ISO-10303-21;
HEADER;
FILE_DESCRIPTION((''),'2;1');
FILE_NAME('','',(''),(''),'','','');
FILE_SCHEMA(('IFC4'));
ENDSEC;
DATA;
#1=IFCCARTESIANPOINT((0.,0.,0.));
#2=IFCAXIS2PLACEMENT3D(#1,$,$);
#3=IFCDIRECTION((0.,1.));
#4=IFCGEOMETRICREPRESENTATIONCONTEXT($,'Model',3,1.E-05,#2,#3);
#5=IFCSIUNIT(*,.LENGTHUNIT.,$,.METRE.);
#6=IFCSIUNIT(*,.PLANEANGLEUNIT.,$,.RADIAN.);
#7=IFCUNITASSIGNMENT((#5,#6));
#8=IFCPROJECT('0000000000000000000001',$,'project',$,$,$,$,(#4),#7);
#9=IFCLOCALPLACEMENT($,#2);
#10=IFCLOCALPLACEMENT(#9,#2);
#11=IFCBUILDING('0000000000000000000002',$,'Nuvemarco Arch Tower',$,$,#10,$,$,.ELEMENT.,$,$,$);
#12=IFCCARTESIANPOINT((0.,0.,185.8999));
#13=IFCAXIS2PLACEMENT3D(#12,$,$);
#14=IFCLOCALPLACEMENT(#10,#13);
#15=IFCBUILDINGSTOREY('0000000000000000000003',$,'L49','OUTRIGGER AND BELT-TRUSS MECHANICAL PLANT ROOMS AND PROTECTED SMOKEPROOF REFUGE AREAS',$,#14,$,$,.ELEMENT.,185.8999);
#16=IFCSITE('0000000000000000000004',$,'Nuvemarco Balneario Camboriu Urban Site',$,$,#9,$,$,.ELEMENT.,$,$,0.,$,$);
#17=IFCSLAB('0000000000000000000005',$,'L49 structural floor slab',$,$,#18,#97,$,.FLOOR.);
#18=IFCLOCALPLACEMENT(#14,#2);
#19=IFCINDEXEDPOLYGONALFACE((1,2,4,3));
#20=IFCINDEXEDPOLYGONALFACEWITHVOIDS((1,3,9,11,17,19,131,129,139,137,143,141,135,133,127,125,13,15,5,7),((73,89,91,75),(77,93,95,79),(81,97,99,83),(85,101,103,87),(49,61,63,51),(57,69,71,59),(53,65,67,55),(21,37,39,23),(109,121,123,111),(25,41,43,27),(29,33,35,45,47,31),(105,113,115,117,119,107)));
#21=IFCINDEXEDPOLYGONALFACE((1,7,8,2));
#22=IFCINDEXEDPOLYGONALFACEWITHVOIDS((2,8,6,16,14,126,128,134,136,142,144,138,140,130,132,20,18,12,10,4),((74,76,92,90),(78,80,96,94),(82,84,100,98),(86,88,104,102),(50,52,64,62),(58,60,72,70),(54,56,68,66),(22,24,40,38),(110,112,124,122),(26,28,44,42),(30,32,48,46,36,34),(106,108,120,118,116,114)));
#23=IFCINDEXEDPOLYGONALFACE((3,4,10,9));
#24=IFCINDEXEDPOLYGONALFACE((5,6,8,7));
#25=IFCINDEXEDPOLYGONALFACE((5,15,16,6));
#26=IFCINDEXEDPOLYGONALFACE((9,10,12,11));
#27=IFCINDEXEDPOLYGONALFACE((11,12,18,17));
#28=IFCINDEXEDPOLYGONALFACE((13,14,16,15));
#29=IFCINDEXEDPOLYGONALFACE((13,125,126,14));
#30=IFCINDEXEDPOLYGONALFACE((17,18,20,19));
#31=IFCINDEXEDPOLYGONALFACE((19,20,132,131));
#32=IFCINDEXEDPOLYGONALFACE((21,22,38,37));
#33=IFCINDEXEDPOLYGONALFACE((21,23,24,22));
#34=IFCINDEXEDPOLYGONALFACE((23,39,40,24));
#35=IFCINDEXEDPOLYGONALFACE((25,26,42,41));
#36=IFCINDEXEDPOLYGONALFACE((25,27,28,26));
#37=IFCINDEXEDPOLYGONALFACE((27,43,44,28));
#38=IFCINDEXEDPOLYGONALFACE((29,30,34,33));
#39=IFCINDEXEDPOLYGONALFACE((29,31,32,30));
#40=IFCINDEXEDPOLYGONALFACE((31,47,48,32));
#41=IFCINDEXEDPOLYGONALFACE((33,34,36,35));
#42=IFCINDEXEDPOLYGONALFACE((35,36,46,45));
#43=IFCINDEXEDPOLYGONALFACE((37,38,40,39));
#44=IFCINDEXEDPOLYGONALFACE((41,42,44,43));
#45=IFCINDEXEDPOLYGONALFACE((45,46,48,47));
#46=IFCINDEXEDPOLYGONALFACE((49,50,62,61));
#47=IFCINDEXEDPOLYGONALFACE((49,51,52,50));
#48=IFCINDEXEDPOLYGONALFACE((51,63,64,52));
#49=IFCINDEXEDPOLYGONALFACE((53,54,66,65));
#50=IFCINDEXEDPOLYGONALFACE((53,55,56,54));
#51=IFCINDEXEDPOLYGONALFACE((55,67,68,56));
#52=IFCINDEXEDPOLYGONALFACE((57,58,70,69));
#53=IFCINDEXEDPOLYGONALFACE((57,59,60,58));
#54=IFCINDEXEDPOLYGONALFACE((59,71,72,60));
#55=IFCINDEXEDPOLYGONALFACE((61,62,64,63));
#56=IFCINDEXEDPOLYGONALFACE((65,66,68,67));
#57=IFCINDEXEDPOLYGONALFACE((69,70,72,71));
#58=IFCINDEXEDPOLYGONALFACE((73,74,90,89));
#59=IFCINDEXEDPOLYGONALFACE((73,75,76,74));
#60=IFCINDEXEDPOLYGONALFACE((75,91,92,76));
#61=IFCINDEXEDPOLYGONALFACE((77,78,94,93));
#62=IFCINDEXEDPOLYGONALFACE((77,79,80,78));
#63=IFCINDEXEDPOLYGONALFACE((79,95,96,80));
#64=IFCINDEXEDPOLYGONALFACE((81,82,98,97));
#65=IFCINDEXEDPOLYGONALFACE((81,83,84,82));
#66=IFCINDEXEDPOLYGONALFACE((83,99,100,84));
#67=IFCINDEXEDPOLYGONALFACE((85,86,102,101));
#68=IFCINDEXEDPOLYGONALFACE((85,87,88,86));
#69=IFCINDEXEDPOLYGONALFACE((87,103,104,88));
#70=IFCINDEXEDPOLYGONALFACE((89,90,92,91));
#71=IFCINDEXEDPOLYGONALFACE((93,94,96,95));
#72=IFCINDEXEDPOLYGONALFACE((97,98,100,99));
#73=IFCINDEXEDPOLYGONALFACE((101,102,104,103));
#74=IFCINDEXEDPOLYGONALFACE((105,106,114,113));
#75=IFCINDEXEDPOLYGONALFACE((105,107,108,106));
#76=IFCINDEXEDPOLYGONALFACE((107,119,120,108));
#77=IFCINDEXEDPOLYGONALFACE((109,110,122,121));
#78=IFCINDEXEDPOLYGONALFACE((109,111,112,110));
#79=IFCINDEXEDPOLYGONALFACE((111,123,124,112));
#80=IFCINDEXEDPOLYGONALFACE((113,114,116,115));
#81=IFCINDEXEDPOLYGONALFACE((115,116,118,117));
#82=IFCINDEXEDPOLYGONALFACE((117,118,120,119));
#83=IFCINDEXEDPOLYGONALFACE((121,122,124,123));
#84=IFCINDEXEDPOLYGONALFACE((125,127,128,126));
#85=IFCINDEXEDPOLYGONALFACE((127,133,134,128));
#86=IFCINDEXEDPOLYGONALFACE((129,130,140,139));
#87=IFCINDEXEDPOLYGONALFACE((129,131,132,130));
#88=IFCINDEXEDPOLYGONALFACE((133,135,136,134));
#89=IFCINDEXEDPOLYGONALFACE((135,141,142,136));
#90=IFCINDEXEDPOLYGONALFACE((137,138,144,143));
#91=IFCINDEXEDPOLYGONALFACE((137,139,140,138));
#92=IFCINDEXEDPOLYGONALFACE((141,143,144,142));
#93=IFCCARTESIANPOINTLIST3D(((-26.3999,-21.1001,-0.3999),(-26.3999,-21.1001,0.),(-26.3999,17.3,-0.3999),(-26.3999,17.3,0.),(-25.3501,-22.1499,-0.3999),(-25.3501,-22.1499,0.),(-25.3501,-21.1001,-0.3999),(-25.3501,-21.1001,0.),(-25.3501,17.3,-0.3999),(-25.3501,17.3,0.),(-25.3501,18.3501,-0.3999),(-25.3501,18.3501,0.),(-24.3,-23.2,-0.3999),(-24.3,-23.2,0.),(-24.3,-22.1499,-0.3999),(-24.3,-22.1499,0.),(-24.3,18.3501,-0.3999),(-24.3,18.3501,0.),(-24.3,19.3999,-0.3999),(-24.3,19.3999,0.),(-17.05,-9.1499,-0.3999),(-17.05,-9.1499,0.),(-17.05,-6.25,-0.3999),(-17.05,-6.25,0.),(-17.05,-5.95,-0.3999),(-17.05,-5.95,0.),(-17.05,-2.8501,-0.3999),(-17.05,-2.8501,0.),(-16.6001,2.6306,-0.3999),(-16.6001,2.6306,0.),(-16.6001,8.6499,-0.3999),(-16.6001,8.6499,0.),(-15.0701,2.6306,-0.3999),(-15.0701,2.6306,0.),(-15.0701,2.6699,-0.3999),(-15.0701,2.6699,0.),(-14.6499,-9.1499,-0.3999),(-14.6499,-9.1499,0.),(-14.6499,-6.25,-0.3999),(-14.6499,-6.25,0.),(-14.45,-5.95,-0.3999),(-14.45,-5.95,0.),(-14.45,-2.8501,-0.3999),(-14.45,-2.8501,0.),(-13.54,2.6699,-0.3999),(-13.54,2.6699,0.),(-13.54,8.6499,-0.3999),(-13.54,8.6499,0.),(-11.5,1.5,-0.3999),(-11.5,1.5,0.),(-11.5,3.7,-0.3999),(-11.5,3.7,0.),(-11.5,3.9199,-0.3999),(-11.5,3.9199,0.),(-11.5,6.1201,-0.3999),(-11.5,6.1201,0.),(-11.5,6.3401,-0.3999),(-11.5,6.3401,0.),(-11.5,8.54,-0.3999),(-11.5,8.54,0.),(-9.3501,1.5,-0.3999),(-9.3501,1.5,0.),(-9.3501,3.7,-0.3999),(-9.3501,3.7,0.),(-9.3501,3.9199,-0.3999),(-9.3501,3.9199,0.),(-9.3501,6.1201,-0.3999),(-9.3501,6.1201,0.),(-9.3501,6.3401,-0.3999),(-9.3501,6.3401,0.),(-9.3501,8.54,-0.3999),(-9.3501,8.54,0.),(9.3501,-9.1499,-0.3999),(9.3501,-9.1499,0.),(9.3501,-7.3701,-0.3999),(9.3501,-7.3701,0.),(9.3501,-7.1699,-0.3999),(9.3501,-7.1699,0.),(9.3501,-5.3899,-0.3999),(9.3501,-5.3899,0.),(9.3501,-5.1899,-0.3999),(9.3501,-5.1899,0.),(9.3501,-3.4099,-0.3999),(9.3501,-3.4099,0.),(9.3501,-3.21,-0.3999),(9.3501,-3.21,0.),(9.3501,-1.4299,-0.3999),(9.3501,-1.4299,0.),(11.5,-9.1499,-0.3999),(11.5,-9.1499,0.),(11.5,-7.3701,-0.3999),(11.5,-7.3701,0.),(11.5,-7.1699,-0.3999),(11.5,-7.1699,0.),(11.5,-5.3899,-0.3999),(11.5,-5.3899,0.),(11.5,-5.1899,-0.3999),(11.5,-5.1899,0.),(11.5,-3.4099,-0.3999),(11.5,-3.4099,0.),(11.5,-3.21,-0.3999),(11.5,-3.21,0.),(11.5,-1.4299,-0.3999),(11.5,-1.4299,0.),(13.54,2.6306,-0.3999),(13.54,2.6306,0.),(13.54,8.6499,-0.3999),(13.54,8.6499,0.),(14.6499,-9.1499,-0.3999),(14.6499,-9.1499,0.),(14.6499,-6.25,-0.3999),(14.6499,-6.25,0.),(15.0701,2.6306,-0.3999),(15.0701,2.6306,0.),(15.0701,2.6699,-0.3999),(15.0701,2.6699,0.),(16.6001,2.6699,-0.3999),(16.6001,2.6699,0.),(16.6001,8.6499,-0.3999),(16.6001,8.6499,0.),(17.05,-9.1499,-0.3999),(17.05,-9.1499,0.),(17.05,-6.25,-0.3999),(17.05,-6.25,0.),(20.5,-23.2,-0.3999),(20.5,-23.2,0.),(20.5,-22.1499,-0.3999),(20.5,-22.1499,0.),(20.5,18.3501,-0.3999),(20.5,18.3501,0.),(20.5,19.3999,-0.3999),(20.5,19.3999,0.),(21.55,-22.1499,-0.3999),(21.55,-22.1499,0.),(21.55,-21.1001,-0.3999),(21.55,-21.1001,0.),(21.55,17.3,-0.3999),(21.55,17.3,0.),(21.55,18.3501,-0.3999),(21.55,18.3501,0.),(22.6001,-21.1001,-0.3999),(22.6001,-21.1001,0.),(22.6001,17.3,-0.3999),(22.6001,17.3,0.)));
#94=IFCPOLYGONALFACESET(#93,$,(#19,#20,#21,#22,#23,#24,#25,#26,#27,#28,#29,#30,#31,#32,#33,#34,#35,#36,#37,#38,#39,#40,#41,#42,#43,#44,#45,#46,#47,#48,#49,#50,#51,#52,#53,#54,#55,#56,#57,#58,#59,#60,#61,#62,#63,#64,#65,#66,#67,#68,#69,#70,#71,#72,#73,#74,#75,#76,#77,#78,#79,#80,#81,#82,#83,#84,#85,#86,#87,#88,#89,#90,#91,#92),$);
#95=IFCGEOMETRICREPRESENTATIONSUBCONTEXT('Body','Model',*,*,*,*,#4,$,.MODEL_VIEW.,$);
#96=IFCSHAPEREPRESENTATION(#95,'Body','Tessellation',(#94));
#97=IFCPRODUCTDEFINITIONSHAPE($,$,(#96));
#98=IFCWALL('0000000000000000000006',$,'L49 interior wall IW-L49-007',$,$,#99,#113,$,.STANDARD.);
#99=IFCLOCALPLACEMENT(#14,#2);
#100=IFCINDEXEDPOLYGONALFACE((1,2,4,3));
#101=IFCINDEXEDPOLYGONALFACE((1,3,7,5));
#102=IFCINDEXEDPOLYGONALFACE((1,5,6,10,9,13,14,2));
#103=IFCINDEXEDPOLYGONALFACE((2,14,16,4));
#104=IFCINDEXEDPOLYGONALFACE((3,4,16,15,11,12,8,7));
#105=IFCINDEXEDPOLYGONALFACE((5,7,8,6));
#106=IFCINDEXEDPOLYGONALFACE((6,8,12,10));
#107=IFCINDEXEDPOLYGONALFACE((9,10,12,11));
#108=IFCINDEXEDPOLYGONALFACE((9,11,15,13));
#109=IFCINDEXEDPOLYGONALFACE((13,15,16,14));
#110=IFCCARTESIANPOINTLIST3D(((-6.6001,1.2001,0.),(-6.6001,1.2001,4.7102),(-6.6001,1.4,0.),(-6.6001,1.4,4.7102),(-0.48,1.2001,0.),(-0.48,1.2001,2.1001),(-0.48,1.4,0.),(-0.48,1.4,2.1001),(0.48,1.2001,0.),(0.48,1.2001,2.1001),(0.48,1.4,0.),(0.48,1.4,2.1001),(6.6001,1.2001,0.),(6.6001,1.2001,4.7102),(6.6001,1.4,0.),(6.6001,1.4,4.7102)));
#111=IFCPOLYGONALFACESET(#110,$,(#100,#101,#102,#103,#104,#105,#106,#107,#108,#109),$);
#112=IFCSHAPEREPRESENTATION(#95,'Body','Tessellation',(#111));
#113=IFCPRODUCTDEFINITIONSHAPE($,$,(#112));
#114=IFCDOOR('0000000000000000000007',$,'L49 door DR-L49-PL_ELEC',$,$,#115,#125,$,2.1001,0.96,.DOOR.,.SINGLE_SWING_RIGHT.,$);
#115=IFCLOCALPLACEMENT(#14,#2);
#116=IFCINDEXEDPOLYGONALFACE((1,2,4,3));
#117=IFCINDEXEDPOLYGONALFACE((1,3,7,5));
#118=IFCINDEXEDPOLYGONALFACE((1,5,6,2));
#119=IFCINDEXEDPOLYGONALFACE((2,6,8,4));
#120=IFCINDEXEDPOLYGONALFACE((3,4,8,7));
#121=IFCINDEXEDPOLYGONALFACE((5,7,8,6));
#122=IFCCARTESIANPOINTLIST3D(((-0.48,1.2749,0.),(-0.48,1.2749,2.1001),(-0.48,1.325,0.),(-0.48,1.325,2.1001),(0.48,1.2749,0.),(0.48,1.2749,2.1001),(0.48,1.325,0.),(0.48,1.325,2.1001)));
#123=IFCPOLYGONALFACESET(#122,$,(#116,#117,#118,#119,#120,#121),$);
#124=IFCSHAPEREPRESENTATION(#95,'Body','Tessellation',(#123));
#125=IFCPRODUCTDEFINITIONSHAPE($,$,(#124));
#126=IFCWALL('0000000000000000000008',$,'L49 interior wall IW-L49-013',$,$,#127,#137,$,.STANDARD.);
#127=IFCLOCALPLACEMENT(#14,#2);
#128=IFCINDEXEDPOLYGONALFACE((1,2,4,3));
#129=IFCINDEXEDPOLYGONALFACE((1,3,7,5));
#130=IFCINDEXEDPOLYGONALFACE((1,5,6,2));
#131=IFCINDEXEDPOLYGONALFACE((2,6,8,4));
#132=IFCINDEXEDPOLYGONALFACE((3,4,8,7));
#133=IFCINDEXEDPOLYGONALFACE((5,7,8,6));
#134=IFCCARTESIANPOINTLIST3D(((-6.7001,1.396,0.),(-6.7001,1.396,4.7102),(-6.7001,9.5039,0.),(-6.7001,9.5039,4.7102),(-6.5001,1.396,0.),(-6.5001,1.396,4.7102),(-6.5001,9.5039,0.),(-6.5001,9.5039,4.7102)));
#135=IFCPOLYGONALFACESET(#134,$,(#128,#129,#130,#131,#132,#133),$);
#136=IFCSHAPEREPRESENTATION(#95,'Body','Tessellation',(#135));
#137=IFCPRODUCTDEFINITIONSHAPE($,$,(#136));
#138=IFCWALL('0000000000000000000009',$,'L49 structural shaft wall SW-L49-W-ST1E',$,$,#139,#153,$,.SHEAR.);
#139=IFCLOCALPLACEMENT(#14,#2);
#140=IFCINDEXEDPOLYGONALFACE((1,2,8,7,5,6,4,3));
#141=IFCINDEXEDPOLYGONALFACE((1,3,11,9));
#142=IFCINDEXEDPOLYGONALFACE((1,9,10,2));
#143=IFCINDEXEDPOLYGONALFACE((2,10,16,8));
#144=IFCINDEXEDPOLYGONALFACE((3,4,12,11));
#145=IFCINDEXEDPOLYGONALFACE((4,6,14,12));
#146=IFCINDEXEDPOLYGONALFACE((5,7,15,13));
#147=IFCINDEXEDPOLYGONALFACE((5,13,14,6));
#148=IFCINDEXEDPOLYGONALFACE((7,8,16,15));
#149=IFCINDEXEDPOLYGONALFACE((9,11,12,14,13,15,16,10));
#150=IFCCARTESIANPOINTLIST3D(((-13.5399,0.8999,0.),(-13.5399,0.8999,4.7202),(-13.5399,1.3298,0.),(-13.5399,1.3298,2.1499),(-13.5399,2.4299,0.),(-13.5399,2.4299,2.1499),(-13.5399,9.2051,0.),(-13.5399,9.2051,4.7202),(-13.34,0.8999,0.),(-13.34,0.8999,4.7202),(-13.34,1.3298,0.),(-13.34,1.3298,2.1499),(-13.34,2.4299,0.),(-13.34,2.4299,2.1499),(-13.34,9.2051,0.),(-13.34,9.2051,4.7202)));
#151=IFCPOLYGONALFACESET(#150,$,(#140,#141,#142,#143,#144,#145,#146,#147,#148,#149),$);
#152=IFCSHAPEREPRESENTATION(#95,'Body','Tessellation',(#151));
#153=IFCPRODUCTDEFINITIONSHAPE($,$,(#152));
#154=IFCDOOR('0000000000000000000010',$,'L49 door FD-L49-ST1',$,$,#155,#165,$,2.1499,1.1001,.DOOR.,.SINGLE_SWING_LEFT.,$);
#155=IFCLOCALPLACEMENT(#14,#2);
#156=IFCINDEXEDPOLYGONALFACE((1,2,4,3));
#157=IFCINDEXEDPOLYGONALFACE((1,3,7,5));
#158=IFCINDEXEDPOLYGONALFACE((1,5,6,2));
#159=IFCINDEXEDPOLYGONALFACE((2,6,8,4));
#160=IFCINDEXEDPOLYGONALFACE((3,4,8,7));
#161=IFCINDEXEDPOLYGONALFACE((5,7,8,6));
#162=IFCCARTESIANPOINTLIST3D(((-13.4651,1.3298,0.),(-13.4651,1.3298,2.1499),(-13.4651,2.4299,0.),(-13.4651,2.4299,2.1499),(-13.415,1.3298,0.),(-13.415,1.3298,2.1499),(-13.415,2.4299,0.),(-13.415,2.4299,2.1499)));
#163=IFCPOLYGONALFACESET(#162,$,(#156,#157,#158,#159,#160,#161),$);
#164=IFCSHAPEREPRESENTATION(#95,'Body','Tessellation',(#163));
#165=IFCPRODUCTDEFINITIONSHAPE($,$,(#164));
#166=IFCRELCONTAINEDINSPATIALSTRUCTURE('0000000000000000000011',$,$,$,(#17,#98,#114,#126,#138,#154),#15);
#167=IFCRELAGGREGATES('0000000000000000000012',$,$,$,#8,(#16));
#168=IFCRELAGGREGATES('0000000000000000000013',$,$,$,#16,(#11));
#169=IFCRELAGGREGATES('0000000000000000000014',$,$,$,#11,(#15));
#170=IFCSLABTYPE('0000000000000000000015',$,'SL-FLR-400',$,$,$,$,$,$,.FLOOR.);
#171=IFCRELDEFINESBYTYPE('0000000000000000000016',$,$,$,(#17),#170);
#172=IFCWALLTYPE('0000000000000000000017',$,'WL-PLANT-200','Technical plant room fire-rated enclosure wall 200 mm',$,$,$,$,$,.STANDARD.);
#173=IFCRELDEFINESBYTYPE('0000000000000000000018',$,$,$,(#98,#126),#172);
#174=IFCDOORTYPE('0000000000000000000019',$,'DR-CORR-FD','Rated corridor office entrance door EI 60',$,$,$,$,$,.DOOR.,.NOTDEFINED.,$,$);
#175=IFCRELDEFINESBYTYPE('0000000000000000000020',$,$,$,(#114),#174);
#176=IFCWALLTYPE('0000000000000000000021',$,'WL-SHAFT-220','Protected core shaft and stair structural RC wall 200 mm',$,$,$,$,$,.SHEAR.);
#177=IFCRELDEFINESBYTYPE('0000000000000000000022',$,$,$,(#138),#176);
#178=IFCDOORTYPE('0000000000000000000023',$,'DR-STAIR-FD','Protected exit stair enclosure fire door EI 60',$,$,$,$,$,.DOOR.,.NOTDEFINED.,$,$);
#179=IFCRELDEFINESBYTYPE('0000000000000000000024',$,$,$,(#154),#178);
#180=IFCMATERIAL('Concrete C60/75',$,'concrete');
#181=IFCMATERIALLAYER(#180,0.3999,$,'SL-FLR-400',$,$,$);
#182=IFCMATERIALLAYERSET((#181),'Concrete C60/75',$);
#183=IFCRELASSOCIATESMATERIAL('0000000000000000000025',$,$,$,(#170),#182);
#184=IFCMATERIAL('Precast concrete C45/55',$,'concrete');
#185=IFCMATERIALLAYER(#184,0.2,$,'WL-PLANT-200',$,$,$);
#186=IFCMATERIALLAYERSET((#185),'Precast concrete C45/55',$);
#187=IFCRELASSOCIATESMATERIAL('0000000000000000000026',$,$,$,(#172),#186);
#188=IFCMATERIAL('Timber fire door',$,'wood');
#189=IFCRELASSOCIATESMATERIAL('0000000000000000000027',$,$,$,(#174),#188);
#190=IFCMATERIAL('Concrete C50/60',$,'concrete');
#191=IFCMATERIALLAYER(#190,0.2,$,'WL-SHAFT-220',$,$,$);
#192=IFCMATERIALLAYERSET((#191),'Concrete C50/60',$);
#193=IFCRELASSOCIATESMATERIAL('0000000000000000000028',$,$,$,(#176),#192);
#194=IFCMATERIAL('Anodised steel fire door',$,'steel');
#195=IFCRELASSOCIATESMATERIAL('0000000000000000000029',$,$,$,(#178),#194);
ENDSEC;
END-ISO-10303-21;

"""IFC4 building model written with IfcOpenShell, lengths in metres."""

from ifc_helpers import new_model, si_unit, direction, frame, frame_2d, origin, place, context, subcontext, project, spatial, polyline, rectangle, outline, extrude, source, transform, mapped, material, layer, layer_set, type_object, type_shapes, element, fill, save


model = new_model("IFC4")

# Units and contexts
model_context = context("Model", 3, precision=1e-05, world=origin(), true_north=direction((0.0, 1.0)))
body_context = subcontext(model_context, "Body", "Model", "MODEL_VIEW")
ifc_project = project(units=[si_unit("LENGTHUNIT", "METRE"), si_unit("PLANEANGLEUNIT", "RADIAN")], contexts=[model_context])

# Site, building, storey
site_placement = place(None, origin())
site = spatial("IfcSite", under=ifc_project, at=site_placement, Name="Nuvemarco Balneario Camboriu Urban Site", CompositionType="ELEMENT", RefElevation=0.0)
building_placement = place(site_placement, origin())
building = spatial("IfcBuilding", under=site, at=building_placement, Name="Nuvemarco Arch Tower", CompositionType="ELEMENT")
storey_placement = place(building_placement, frame((0.0, 0.0, 185.8999)))
storey = spatial("IfcBuildingStorey", under=building, at=storey_placement, Name="L49", Description="OUTRIGGER AND BELT-TRUSS MECHANICAL PLANT ROOMS AND PROTECTED SMOKEPROOF REFUGE AREAS", CompositionType="ELEMENT", Elevation=185.8999)

# Shared definitions
ifc_material_1 = material(Name="Concrete C50/60", Category="concrete")

# Slab
ifc_material_2 = material(Name="Concrete C60/75", Category="concrete")
ifc_layer_1 = layer(ifc_material_2, 0.3999, Name="SL-FLR-400")
ifc_layer_set_1 = layer_set([ifc_layer_1], Name="Concrete C60/75")
slab_type = type_object("IfcSlabType", Name="SL-FLR-400", PredefinedType="FLOOR", material=ifc_layer_set_1)
slab_placement = place(storey_placement, frame((0.0, 0.0, -0.3999)))
element("IfcSlab", 1, at=slab_placement, inside=storey, type_object=slab_type, Name="L49 structural floor slab", PredefinedType="FLOOR", context=body_context, shape_type="SweptSolid", body=[
    extrude(outline(polyline([(-24.3, -23.2), (20.5, -23.2), (20.5, -22.1499), (21.55, -22.1499), (21.55, -21.1001), (22.6001, -21.1001), (22.6001, 17.3), (21.55, 17.3), (21.55, 18.3501), (20.5, 18.3501), (20.5, 19.3999), (-24.3, 19.3999), (-24.3, 18.3501), (-25.3501, 18.3501), (-25.3501, 17.3), (-26.3999, 17.3), (-26.3999, -21.1001), (-25.3501, -21.1001), (-25.3501, -22.1499), (-24.3, -22.1499), (-24.3, -23.2)]), holes=[polyline([(-13.54, 2.6699), (-13.54, 8.6499), (-16.6001, 8.6499), (-16.6001, 2.6306), (-15.0701, 2.6306), (-15.0701, 2.6699), (-13.54, 2.6699)]), polyline([(16.6001, 2.6699), (16.6001, 8.6499), (13.54, 8.6499), (13.54, 2.6306), (15.0701, 2.6306), (15.0701, 2.6699), (16.6001, 2.6699)]), polyline([(-17.05, -9.1499), (-14.6499, -9.1499), (-14.6499, -6.25), (-17.05, -6.25), (-17.05, -9.1499)]), polyline([(-17.05, -5.95), (-14.45, -5.95), (-14.45, -2.8501), (-17.05, -2.8501), (-17.05, -5.95)]), polyline([(-11.5, 1.5), (-9.3501, 1.5), (-9.3501, 3.7), (-11.5, 3.7), (-11.5, 1.5)]), polyline([(-11.5, 3.9199), (-9.3501, 3.9199), (-9.3501, 6.1201), (-11.5, 6.1201), (-11.5, 3.9199)]), polyline([(-11.5, 6.3401), (-9.3501, 6.3401), (-9.3501, 8.54), (-11.5, 8.54), (-11.5, 6.3401)]), polyline([(14.6499, -9.1499), (17.05, -9.1499), (17.05, -6.25), (14.6499, -6.25), (14.6499, -9.1499)]), polyline([(9.3501, -9.1499), (11.5, -9.1499), (11.5, -7.3701), (9.3501, -7.3701), (9.3501, -9.1499)]), polyline([(9.3501, -7.1699), (11.5, -7.1699), (11.5, -5.3899), (9.3501, -5.3899), (9.3501, -7.1699)]), polyline([(9.3501, -5.1899), (11.5, -5.1899), (11.5, -3.4099), (9.3501, -3.4099), (9.3501, -5.1899)]), polyline([(9.3501, -3.21), (11.5, -3.21), (11.5, -1.4299), (9.3501, -1.4299), (9.3501, -3.21)])]), origin(), (0.0, 0.0, 1.0), 0.3999),
])

# Wall, opening, door
ifc_material_3 = material(Name="Precast concrete C45/55", Category="concrete")
ifc_layer_2 = layer(ifc_material_3, 0.2, Name="WL-PLANT-200")
ifc_layer_set_2 = layer_set([ifc_layer_2], Name="Precast concrete C45/55")
wall_type_1 = type_object("IfcWallType", Name="WL-PLANT-200", Description="Technical plant room fire-rated enclosure wall 200 mm", PredefinedType="STANDARD", material=ifc_layer_set_2)
wall_1_placement = place(storey_placement, frame((-6.6001, 1.3, 0.0), z_axis=(0.0, 0.0, 1.0), x_axis=(1.0, 0.0, 0.0)))
wall_1 = element("IfcWall", 2, at=wall_1_placement, inside=storey, type_object=wall_type_1, Name="L49 interior wall IW-L49-007", PredefinedType="STANDARD", context=body_context, shape_type="SweptSolid", body=[
    extrude(rectangle(XDim=13.2002, YDim=0.2, at=frame_2d((6.6001, 0.0))), origin(), (0.0, 0.0, 1.0), 4.7102),
])
opening_1_placement = place(wall_1_placement, frame((6.1201, 0.0, 0.0)))
opening_1 = element("IfcOpeningElement", 3, at=opening_1_placement, cuts=wall_1, PredefinedType="OPENING", context=body_context, shape_type="SweptSolid", body=[
    extrude(rectangle(XDim=0.96, YDim=2.1001, at=frame_2d((0.48, 1.05))), frame((0.0, 0.1099, 0.0), z_axis=(0.0, -1.0, 0.0), x_axis=(1.0, 0.0, 0.0)), (0.0, 0.0, 1.0), 0.22),
])
ifc_material_4 = material(Name="Timber fire door", Category="wood")
door_type_1 = type_object("IfcDoorType", Name="DR-CORR-FD", Description="Rated corridor office entrance door EI 60", OperationType="NOTDEFINED", PredefinedType="DOOR", material=ifc_material_4)
shared_shape_1 = source(origin(), body_context, "Body", "SweptSolid", [
    extrude(rectangle(XDim=0.96, YDim=2.1001, at=frame_2d((0.48, 1.05))), frame((0.0, 0.0249, 0.0), z_axis=(0.0, -1.0, 0.0), x_axis=(1.0, 0.0, 0.0)), (0.0, 0.0, 1.0), 0.05),
])
type_shapes(door_type_1, [shared_shape_1])
door_1_placement = place(opening_1_placement, origin())
door_1 = element("IfcDoor", 4, at=door_1_placement, inside=storey, type_object=door_type_1, Name="L49 door DR-L49-PL_ELEC", OperationType="SINGLE_SWING_RIGHT", OverallHeight=2.1001, OverallWidth=0.96, PredefinedType="DOOR", context=body_context, shape_type="MappedRepresentation", body=[
    mapped(shared_shape_1, transform((0.0, 0.0, 0.0), scale=1.0)),
])
fill(opening_1, door_1)

# Wall
wall_2_placement = place(storey_placement, frame((-6.6001, 1.396, 0.0), z_axis=(0.0, 0.0, 1.0), x_axis=(0.0, 1.0, 0.0)))
element("IfcWall", 5, at=wall_2_placement, inside=storey, type_object=wall_type_1, Name="L49 interior wall IW-L49-013", PredefinedType="STANDARD", context=body_context, shape_type="SweptSolid", body=[
    extrude(rectangle(XDim=8.1079, YDim=0.2, at=frame_2d((4.054, 0.0))), origin(), (0.0, 0.0, 1.0), 4.7102),
])

# Wall, opening, door
ifc_layer_3 = layer(ifc_material_1, 0.2, Name="WL-SHAFT-220")
ifc_layer_set_3 = layer_set([ifc_layer_3], Name="Concrete C50/60")
wall_type_2 = type_object("IfcWallType", Name="WL-SHAFT-220", Description="Protected core shaft and stair structural RC wall 200 mm", PredefinedType="SHEAR", material=ifc_layer_set_3)
wall_3_placement = place(storey_placement, frame((-13.4399, 0.8999, 0.0), z_axis=(0.0, 0.0, 1.0), x_axis=(0.0, 1.0, 0.0)))
wall_3 = element("IfcWall", 6, at=wall_3_placement, inside=storey, type_object=wall_type_2, Name="L49 structural shaft wall SW-L49-W-ST1E", PredefinedType="SHEAR", context=body_context, shape_type="SweptSolid", body=[
    extrude(rectangle(XDim=8.3052, YDim=0.2, at=frame_2d((4.1526, 0.0))), origin(), (0.0, 0.0, 1.0), 4.7202),
])
opening_2_placement = place(wall_3_placement, frame((1.53, 0.0, 0.0), z_axis=(0.0, 0.0, 1.0), x_axis=(-1.0, 0.0, 0.0)))
opening_2 = element("IfcOpeningElement", 7, at=opening_2_placement, cuts=wall_3, PredefinedType="OPENING", context=body_context, shape_type="SweptSolid", body=[
    extrude(rectangle(XDim=1.1001, YDim=2.1499, at=frame_2d((0.55, 1.075))), frame((0.0, 0.1099, 0.0), z_axis=(0.0, -1.0, 0.0), x_axis=(1.0, 0.0, 0.0)), (0.0, 0.0, 1.0), 0.22),
])
ifc_material_5 = material(Name="Anodised steel fire door", Category="steel")
door_type_2 = type_object("IfcDoorType", Name="DR-STAIR-FD", Description="Protected exit stair enclosure fire door EI 60", OperationType="NOTDEFINED", PredefinedType="DOOR", material=ifc_material_5)
shared_shape_2 = source(origin(), body_context, "Body", "SweptSolid", [
    extrude(rectangle(XDim=1.1001, YDim=2.1499, at=frame_2d((0.55, 1.075))), frame((0.0, 0.0249, 0.0), z_axis=(0.0, -1.0, 0.0), x_axis=(1.0, 0.0, 0.0)), (0.0, 0.0, 1.0), 0.05),
])
type_shapes(door_type_2, [shared_shape_2])
door_2_placement = place(opening_2_placement, origin())
door_2 = element("IfcDoor", 8, at=door_2_placement, inside=storey, type_object=door_type_2, Name="L49 door FD-L49-ST1", OperationType="SINGLE_SWING_LEFT", OverallHeight=2.1499, OverallWidth=1.1001, PredefinedType="DOOR", context=body_context, shape_type="MappedRepresentation", body=[
    mapped(shared_shape_2, transform((0.0, 0.0, 0.0), scale=1.0)),
])
fill(opening_2, door_2)

save(model, "model.ifc")
